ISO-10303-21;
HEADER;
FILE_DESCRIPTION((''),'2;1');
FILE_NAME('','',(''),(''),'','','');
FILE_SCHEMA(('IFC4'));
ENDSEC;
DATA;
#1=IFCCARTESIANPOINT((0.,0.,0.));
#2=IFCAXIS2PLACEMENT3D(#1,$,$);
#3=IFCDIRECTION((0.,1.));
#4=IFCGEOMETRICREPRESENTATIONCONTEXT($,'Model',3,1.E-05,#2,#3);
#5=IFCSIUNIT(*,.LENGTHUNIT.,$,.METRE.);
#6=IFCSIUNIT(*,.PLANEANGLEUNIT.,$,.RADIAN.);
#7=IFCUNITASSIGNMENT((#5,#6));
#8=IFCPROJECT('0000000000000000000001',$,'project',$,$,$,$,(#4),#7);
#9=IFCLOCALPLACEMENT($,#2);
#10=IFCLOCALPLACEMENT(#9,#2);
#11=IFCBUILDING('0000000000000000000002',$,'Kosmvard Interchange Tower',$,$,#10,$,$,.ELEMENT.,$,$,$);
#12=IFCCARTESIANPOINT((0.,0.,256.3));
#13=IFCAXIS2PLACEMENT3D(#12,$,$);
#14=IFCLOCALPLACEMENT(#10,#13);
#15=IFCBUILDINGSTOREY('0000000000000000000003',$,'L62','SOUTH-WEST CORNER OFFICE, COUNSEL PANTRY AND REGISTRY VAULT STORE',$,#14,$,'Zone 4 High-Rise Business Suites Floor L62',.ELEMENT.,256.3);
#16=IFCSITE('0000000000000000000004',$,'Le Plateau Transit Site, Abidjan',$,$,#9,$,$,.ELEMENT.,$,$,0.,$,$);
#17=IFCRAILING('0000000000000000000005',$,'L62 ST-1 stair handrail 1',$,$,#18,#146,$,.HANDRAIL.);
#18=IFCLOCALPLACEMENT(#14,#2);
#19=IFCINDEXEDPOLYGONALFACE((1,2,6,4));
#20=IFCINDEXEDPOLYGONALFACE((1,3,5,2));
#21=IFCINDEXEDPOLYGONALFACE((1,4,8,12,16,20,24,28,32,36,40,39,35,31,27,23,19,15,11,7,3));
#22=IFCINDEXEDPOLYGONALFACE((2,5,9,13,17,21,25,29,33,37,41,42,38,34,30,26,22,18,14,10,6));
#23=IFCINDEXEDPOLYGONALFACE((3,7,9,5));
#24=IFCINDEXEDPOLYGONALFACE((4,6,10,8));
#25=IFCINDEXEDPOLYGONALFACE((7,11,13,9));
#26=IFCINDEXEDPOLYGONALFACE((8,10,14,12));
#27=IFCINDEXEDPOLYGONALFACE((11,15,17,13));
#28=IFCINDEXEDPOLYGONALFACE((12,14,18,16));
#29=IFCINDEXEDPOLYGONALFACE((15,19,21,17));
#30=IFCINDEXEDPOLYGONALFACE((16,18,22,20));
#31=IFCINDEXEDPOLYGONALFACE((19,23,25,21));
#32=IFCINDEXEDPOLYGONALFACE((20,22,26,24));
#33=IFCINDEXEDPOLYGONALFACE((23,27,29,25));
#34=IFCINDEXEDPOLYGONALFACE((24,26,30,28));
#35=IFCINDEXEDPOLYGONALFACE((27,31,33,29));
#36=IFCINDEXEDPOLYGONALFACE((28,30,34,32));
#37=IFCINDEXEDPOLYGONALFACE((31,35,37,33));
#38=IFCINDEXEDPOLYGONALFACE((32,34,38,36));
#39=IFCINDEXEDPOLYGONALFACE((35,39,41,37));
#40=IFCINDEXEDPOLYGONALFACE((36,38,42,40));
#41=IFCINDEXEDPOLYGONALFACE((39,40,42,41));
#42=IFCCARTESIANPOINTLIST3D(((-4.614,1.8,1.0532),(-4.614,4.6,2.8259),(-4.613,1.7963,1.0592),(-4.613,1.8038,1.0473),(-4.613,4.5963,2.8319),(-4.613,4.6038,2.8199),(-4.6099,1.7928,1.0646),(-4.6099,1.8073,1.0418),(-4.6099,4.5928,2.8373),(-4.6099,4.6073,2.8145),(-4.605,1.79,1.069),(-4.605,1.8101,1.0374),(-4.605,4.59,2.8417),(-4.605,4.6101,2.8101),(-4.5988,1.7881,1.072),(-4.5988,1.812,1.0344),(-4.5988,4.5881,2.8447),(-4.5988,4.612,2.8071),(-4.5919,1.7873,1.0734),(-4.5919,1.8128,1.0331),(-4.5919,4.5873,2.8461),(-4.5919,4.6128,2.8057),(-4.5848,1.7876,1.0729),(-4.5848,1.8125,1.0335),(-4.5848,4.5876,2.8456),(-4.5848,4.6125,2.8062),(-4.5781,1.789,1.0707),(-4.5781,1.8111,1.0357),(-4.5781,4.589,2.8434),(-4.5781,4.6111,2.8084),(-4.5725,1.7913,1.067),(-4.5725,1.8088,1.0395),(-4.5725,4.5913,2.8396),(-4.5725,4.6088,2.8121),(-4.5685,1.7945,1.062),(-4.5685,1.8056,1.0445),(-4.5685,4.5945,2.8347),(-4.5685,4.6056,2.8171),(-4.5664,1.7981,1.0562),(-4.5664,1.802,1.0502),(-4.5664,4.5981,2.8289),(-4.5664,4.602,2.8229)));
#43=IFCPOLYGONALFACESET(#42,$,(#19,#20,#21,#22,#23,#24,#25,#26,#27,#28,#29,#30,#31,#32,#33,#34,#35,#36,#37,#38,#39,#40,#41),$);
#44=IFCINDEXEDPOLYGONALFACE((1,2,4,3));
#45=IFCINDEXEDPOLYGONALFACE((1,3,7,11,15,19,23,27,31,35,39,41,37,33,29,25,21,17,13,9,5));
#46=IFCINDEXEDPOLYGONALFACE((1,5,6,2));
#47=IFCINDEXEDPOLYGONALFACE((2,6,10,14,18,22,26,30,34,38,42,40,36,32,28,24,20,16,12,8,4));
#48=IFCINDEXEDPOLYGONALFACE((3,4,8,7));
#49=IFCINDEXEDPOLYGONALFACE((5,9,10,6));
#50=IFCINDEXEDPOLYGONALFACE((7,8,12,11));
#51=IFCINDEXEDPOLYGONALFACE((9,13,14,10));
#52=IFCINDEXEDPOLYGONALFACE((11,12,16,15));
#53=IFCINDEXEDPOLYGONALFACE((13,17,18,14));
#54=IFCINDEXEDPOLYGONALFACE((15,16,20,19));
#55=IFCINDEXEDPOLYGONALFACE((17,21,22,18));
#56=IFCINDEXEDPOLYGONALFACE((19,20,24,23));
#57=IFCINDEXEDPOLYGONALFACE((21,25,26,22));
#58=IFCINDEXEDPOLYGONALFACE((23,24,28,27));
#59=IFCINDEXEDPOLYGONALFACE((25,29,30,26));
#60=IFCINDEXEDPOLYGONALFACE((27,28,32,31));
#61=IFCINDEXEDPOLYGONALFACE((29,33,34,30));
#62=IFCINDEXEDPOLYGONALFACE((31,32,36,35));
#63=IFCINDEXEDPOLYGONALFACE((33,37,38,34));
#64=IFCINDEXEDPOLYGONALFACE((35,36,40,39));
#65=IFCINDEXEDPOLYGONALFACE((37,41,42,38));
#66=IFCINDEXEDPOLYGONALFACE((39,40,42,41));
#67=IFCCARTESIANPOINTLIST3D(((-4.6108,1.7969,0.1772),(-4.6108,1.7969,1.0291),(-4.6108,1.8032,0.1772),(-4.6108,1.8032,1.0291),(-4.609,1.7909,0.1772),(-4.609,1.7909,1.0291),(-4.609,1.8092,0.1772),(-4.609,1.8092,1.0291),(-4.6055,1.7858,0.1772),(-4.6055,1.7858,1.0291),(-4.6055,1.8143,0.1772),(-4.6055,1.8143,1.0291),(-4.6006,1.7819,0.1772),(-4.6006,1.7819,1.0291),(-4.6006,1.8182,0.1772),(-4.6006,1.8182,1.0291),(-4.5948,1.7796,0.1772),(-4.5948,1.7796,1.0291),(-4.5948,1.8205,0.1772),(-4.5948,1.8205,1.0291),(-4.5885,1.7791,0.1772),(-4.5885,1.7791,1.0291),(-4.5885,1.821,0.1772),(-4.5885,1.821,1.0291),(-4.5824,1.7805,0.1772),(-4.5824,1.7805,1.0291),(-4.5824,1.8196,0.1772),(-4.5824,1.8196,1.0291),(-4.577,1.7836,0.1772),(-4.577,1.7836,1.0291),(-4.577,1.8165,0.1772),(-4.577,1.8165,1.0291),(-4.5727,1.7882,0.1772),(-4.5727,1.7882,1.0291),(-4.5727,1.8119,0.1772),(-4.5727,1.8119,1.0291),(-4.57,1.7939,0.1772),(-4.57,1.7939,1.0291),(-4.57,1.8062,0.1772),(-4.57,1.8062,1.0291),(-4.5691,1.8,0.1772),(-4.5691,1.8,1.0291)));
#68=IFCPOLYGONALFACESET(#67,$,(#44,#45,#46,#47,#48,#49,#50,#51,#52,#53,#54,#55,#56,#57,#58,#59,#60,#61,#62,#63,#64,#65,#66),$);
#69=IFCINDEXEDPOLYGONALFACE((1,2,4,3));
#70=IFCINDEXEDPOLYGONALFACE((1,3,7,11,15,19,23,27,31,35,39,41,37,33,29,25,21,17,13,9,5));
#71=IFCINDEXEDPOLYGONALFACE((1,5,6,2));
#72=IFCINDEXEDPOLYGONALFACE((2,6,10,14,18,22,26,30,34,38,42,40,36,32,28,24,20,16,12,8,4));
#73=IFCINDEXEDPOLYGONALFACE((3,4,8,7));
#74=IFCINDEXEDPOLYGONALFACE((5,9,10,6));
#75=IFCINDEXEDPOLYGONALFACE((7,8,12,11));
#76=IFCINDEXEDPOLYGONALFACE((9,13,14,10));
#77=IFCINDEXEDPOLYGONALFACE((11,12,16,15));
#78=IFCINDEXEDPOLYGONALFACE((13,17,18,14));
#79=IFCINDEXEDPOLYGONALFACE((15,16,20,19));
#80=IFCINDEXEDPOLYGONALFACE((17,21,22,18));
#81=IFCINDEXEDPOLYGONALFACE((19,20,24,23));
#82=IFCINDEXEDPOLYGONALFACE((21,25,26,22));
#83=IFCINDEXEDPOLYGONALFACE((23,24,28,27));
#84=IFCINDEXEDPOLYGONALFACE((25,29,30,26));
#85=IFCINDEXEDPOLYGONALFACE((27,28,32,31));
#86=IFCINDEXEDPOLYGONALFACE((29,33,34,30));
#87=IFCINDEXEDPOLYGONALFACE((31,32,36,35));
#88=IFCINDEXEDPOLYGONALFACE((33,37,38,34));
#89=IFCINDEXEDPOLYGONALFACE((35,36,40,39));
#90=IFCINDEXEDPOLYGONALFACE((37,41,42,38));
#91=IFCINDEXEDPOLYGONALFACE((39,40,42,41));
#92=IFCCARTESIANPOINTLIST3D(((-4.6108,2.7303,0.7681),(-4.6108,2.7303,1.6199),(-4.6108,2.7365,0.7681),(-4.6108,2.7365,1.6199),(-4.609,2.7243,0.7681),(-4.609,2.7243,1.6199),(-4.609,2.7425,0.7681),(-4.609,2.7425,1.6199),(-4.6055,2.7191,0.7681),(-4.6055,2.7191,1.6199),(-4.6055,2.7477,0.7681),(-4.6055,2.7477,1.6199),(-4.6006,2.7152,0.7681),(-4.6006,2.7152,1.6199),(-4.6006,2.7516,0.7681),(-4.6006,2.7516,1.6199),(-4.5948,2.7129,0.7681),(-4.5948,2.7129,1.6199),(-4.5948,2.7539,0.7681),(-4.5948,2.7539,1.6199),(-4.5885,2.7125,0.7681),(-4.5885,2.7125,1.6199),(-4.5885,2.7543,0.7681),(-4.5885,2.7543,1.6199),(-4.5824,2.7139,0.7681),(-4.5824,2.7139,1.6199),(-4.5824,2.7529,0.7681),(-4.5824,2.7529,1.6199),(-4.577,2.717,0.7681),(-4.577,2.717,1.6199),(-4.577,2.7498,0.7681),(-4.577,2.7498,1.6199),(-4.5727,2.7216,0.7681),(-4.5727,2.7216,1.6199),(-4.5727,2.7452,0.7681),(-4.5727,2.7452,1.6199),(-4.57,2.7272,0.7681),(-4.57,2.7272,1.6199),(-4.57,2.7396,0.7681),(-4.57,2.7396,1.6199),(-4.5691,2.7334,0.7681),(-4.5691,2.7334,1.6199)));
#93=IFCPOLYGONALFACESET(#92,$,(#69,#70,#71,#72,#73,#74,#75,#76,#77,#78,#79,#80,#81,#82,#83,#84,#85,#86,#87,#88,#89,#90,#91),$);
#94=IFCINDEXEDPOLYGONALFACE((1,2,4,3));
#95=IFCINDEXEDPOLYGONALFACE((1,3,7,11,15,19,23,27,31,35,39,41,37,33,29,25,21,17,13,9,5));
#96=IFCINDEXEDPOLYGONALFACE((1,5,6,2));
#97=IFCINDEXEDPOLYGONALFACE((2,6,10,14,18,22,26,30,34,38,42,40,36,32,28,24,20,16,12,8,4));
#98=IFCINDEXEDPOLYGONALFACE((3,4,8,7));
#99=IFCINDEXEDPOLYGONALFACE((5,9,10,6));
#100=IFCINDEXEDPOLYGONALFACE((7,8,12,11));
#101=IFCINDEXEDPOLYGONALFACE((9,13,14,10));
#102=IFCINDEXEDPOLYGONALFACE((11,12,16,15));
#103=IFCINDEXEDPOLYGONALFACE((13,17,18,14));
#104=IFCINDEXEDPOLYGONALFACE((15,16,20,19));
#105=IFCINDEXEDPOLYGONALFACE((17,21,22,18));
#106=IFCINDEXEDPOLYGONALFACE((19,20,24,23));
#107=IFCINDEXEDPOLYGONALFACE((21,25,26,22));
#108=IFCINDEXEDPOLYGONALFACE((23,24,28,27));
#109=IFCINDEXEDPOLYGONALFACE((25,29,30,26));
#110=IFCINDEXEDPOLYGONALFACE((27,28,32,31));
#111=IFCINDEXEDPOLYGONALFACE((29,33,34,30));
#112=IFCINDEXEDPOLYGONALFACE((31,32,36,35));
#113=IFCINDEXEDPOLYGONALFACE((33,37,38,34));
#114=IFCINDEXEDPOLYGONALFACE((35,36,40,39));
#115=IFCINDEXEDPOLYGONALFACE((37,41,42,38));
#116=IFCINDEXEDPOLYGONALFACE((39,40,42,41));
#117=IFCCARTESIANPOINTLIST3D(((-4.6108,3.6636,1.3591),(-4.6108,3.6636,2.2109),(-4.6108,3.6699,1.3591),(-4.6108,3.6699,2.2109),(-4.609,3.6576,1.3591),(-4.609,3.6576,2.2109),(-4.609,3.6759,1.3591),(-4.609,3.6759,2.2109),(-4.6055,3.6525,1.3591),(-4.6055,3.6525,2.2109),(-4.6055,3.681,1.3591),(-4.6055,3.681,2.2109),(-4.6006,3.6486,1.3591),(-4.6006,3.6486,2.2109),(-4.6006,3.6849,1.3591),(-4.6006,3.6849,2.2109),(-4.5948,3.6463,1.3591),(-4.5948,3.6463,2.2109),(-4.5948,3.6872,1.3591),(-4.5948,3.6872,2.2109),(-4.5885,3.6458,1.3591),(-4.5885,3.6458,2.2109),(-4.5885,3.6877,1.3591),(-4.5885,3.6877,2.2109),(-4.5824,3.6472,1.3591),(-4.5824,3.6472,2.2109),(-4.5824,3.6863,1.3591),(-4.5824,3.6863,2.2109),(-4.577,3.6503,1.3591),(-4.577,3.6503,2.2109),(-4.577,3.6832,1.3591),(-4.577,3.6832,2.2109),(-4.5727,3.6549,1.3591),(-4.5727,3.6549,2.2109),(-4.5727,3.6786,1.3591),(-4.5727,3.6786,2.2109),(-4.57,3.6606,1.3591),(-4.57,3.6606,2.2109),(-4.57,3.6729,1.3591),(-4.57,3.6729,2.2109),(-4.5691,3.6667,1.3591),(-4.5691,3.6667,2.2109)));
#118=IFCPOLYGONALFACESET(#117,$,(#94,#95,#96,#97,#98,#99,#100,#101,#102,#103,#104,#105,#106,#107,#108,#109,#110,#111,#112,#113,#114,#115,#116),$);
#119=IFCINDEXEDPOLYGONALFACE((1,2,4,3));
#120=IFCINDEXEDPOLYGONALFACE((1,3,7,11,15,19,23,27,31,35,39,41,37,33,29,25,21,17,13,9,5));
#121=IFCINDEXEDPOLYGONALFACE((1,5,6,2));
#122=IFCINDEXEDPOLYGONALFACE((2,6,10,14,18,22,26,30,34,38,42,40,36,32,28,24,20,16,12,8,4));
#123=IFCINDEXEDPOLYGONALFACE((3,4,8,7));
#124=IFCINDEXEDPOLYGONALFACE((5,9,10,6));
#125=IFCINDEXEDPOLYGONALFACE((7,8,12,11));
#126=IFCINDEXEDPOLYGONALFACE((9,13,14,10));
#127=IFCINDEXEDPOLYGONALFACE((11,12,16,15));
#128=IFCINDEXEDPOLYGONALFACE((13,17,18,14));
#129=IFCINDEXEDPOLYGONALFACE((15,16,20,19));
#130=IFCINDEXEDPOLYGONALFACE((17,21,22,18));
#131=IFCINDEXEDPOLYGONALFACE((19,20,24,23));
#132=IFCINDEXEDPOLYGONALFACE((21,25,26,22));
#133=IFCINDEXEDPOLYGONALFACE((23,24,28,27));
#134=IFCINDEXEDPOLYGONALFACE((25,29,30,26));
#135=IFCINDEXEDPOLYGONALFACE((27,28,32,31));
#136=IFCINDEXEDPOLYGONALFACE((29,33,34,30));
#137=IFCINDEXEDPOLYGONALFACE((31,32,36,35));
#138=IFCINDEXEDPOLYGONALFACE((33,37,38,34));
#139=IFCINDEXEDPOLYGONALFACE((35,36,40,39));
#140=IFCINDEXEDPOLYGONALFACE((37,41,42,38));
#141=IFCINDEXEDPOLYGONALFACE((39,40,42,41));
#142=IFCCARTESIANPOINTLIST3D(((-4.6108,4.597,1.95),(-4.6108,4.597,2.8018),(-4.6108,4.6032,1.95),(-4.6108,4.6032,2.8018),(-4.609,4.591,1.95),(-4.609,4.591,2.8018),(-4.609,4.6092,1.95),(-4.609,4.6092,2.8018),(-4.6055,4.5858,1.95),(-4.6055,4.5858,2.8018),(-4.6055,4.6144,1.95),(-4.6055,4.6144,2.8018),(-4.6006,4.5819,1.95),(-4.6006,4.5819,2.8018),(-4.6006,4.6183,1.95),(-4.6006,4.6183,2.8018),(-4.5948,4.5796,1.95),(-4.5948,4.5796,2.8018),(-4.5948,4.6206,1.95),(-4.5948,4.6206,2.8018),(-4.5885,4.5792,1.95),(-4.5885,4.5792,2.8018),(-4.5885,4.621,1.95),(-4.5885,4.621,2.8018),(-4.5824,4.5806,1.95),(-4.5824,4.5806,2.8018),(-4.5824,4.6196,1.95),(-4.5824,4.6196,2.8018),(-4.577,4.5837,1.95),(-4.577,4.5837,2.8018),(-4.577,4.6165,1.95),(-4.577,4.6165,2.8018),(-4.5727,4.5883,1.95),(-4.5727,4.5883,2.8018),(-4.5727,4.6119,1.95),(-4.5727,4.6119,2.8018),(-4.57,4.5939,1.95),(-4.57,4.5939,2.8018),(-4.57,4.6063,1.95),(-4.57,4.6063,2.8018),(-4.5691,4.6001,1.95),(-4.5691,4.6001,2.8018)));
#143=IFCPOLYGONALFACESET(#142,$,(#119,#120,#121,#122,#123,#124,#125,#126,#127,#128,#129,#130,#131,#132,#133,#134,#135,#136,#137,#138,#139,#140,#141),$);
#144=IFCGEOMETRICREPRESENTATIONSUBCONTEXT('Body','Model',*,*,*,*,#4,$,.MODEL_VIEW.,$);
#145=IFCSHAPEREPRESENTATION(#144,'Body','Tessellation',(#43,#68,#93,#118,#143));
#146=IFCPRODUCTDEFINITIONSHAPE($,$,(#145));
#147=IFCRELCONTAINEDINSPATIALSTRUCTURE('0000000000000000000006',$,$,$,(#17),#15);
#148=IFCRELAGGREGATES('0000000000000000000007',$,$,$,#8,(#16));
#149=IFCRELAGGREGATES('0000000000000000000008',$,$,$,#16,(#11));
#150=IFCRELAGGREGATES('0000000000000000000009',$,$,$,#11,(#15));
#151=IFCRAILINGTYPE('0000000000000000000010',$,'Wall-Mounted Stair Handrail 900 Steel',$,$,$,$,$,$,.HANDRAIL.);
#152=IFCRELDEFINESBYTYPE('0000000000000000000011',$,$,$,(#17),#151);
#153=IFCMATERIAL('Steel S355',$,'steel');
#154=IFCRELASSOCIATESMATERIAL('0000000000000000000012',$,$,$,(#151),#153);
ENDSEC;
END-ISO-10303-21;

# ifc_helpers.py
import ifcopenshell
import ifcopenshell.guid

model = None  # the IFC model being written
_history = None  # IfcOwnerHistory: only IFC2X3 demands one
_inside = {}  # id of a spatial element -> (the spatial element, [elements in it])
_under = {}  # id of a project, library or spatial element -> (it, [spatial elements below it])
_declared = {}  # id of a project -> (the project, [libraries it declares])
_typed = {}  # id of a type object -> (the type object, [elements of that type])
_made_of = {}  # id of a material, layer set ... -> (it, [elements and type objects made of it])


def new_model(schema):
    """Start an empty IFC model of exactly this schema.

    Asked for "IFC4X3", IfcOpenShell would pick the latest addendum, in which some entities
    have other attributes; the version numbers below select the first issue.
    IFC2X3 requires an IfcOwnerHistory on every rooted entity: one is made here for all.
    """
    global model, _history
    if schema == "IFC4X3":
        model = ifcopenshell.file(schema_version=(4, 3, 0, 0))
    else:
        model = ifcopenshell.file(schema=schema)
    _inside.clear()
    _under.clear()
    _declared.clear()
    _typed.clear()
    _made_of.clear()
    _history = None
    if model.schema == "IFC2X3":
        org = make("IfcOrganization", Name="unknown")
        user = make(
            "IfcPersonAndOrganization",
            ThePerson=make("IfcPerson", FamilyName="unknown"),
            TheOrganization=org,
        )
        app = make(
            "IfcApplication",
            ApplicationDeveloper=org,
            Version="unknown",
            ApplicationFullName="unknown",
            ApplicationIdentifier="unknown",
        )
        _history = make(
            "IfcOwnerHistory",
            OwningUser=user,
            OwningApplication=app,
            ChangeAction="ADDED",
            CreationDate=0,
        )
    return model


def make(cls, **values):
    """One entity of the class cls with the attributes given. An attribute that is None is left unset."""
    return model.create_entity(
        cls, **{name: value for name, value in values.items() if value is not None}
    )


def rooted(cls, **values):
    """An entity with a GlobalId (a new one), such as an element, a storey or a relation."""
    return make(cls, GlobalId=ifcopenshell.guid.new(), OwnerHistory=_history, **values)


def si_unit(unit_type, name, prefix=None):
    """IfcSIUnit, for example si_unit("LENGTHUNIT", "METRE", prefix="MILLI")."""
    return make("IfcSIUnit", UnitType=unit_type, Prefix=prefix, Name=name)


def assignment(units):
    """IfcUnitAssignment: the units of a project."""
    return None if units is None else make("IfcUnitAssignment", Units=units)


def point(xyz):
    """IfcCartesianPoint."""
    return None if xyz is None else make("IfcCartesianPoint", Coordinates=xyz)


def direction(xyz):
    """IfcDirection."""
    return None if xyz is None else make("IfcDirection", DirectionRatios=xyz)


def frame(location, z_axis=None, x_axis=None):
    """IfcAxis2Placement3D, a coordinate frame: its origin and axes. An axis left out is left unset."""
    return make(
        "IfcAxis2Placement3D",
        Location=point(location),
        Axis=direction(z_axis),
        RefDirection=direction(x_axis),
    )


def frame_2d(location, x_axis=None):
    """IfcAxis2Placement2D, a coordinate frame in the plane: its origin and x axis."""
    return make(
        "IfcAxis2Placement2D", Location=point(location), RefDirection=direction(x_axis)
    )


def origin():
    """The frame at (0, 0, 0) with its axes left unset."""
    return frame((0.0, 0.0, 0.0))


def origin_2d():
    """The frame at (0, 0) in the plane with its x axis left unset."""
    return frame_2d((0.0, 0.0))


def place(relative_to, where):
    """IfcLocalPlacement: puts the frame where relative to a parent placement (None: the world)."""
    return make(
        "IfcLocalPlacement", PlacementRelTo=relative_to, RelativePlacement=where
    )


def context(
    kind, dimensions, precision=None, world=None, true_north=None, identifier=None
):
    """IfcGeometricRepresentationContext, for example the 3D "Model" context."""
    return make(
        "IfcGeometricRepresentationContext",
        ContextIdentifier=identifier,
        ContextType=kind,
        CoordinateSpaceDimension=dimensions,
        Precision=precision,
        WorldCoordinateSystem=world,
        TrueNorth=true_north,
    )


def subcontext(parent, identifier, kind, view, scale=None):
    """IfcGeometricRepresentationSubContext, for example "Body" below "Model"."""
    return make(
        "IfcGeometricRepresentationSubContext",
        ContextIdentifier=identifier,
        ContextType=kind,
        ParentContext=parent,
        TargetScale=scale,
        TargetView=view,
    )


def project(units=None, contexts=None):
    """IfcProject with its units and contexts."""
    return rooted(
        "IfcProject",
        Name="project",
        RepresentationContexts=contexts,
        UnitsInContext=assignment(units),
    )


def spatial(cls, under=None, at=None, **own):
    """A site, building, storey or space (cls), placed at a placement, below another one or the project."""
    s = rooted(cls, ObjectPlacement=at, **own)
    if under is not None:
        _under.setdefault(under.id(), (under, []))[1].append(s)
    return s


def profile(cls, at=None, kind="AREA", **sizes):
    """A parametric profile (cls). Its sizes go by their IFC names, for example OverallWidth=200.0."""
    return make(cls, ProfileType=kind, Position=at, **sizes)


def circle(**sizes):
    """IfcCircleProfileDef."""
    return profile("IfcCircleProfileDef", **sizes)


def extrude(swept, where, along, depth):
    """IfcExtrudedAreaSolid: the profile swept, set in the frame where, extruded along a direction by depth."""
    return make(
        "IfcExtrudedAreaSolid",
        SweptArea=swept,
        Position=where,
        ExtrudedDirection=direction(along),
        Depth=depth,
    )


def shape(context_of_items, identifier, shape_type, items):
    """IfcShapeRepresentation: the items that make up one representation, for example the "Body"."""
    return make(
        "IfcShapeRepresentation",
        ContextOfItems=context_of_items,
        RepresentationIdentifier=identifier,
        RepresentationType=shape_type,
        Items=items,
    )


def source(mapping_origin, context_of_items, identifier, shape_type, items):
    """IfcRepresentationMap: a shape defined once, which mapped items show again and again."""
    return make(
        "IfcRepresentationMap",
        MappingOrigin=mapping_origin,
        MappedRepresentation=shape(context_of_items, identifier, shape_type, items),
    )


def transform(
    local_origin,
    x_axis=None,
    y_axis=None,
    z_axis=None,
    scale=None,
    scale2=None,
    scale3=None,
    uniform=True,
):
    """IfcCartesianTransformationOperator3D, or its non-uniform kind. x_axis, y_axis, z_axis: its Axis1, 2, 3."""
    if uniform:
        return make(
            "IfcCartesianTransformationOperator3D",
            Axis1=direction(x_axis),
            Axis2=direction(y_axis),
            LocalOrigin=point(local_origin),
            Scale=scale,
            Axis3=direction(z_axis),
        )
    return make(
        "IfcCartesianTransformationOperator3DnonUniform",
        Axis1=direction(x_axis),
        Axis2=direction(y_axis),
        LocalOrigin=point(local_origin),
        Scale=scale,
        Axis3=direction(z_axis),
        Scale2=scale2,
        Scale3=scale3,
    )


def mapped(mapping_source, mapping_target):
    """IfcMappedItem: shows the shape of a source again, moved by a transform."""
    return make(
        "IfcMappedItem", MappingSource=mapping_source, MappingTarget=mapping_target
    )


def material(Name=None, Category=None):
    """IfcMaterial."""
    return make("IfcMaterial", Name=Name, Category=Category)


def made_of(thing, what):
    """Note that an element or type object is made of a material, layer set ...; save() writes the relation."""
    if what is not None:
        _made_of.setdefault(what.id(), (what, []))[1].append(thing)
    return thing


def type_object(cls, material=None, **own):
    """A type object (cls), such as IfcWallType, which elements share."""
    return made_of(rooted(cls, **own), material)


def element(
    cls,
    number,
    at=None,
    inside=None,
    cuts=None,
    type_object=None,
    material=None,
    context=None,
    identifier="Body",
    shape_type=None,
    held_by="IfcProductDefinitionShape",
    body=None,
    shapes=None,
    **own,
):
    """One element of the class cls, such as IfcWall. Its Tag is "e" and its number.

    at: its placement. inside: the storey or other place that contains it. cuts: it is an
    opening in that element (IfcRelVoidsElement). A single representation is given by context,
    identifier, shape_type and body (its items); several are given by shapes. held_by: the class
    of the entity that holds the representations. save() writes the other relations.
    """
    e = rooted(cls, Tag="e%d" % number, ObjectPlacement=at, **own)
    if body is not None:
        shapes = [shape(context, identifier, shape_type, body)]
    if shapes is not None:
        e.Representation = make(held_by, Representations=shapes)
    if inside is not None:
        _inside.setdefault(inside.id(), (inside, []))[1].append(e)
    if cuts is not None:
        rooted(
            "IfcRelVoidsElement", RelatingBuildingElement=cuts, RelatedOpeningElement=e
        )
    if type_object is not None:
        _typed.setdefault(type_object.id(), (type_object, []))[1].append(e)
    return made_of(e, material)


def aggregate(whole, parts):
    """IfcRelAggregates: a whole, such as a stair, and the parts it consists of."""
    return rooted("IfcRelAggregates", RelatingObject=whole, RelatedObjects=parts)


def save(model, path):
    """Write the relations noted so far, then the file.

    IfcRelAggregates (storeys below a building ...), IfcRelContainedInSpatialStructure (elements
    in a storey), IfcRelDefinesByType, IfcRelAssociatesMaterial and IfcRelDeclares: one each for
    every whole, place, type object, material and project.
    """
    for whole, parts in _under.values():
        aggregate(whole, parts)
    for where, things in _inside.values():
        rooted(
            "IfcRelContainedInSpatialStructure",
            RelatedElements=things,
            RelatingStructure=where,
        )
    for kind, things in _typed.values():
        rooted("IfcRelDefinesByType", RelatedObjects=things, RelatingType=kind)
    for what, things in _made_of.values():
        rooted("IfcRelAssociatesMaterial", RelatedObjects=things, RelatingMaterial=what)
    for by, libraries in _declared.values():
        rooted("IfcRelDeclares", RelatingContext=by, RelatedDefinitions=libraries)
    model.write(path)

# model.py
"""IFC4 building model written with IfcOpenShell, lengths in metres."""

from ifc_helpers import new_model, si_unit, direction, frame, origin, origin_2d, place, context, subcontext, project, spatial, circle, extrude, source, transform, mapped, material, type_object, element, save


model = new_model("IFC4")

# Units and contexts
model_context = context("Model", 3, precision=1e-05, world=origin(), true_north=direction((0.0, 1.0)))
body_context = subcontext(model_context, "Body", "Model", "MODEL_VIEW")
ifc_project = project(units=[si_unit("LENGTHUNIT", "METRE"), si_unit("PLANEANGLEUNIT", "RADIAN")], contexts=[model_context])

# Site, building, storey
site_placement = place(None, origin())
site = spatial("IfcSite", under=ifc_project, at=site_placement, Name="Le Plateau Transit Site, Abidjan", CompositionType="ELEMENT", RefElevation=0.0)
building_placement = place(site_placement, origin())
building = spatial("IfcBuilding", under=site, at=building_placement, Name="Kosmvard Interchange Tower", CompositionType="ELEMENT")
storey_placement = place(building_placement, frame((0.0, 0.0, 256.3)))
storey = spatial("IfcBuildingStorey", under=building, at=storey_placement, Name="L62", Description="SOUTH-WEST CORNER OFFICE, COUNSEL PANTRY AND REGISTRY VAULT STORE", LongName="Zone 4 High-Rise Business Suites Floor L62", CompositionType="ELEMENT", Elevation=256.3)

# Railing
ifc_material_1 = material(Name="Steel S355", Category="steel")
railing_type_1 = type_object("IfcRailingType", Name="Wall-Mounted Stair Handrail 900 Steel", PredefinedType="HANDRAIL", material=ifc_material_1)
shared_shape_1 = source(origin(), body_context, "Body", "SweptSolid", [
    extrude(circle(Radius=0.0239, at=origin_2d()), frame((0.0, 0.0, 0.876), z_axis=(0.0, 0.844909, 0.53491), x_axis=(-1.0, 0.0, 0.0)), (0.0, 0.0, 1.0), 3.314),
    extrude(circle(Radius=0.021, at=origin_2d()), origin(), (0.0, 0.0, 1.0), 0.8518),
    extrude(circle(Radius=0.021, at=origin_2d()), frame((0.0, 0.9333, 0.5908)), (0.0, 0.0, 1.0), 0.8518),
    extrude(circle(Radius=0.021, at=origin_2d()), frame((0.0, 1.8667, 1.1819)), (0.0, 0.0, 1.0), 0.8518),
    extrude(circle(Radius=0.021, at=origin_2d()), frame((0.0, 2.8, 1.7727)), (0.0, 0.0, 1.0), 0.8518),
])
railing_1_placement = place(storey_placement, frame((-4.5901, 1.8, 0.1772)))
element("IfcRailing", 1, at=railing_1_placement, inside=storey, type_object=railing_type_1, Name="L62 ST-1 stair handrail 1", PredefinedType="HANDRAIL", context=body_context, shape_type="MappedRepresentation", body=[
    mapped(shared_shape_1, transform((0.0, 0.0, 0.0), scale=1.0)),
])

save(model, "model.ifc")
